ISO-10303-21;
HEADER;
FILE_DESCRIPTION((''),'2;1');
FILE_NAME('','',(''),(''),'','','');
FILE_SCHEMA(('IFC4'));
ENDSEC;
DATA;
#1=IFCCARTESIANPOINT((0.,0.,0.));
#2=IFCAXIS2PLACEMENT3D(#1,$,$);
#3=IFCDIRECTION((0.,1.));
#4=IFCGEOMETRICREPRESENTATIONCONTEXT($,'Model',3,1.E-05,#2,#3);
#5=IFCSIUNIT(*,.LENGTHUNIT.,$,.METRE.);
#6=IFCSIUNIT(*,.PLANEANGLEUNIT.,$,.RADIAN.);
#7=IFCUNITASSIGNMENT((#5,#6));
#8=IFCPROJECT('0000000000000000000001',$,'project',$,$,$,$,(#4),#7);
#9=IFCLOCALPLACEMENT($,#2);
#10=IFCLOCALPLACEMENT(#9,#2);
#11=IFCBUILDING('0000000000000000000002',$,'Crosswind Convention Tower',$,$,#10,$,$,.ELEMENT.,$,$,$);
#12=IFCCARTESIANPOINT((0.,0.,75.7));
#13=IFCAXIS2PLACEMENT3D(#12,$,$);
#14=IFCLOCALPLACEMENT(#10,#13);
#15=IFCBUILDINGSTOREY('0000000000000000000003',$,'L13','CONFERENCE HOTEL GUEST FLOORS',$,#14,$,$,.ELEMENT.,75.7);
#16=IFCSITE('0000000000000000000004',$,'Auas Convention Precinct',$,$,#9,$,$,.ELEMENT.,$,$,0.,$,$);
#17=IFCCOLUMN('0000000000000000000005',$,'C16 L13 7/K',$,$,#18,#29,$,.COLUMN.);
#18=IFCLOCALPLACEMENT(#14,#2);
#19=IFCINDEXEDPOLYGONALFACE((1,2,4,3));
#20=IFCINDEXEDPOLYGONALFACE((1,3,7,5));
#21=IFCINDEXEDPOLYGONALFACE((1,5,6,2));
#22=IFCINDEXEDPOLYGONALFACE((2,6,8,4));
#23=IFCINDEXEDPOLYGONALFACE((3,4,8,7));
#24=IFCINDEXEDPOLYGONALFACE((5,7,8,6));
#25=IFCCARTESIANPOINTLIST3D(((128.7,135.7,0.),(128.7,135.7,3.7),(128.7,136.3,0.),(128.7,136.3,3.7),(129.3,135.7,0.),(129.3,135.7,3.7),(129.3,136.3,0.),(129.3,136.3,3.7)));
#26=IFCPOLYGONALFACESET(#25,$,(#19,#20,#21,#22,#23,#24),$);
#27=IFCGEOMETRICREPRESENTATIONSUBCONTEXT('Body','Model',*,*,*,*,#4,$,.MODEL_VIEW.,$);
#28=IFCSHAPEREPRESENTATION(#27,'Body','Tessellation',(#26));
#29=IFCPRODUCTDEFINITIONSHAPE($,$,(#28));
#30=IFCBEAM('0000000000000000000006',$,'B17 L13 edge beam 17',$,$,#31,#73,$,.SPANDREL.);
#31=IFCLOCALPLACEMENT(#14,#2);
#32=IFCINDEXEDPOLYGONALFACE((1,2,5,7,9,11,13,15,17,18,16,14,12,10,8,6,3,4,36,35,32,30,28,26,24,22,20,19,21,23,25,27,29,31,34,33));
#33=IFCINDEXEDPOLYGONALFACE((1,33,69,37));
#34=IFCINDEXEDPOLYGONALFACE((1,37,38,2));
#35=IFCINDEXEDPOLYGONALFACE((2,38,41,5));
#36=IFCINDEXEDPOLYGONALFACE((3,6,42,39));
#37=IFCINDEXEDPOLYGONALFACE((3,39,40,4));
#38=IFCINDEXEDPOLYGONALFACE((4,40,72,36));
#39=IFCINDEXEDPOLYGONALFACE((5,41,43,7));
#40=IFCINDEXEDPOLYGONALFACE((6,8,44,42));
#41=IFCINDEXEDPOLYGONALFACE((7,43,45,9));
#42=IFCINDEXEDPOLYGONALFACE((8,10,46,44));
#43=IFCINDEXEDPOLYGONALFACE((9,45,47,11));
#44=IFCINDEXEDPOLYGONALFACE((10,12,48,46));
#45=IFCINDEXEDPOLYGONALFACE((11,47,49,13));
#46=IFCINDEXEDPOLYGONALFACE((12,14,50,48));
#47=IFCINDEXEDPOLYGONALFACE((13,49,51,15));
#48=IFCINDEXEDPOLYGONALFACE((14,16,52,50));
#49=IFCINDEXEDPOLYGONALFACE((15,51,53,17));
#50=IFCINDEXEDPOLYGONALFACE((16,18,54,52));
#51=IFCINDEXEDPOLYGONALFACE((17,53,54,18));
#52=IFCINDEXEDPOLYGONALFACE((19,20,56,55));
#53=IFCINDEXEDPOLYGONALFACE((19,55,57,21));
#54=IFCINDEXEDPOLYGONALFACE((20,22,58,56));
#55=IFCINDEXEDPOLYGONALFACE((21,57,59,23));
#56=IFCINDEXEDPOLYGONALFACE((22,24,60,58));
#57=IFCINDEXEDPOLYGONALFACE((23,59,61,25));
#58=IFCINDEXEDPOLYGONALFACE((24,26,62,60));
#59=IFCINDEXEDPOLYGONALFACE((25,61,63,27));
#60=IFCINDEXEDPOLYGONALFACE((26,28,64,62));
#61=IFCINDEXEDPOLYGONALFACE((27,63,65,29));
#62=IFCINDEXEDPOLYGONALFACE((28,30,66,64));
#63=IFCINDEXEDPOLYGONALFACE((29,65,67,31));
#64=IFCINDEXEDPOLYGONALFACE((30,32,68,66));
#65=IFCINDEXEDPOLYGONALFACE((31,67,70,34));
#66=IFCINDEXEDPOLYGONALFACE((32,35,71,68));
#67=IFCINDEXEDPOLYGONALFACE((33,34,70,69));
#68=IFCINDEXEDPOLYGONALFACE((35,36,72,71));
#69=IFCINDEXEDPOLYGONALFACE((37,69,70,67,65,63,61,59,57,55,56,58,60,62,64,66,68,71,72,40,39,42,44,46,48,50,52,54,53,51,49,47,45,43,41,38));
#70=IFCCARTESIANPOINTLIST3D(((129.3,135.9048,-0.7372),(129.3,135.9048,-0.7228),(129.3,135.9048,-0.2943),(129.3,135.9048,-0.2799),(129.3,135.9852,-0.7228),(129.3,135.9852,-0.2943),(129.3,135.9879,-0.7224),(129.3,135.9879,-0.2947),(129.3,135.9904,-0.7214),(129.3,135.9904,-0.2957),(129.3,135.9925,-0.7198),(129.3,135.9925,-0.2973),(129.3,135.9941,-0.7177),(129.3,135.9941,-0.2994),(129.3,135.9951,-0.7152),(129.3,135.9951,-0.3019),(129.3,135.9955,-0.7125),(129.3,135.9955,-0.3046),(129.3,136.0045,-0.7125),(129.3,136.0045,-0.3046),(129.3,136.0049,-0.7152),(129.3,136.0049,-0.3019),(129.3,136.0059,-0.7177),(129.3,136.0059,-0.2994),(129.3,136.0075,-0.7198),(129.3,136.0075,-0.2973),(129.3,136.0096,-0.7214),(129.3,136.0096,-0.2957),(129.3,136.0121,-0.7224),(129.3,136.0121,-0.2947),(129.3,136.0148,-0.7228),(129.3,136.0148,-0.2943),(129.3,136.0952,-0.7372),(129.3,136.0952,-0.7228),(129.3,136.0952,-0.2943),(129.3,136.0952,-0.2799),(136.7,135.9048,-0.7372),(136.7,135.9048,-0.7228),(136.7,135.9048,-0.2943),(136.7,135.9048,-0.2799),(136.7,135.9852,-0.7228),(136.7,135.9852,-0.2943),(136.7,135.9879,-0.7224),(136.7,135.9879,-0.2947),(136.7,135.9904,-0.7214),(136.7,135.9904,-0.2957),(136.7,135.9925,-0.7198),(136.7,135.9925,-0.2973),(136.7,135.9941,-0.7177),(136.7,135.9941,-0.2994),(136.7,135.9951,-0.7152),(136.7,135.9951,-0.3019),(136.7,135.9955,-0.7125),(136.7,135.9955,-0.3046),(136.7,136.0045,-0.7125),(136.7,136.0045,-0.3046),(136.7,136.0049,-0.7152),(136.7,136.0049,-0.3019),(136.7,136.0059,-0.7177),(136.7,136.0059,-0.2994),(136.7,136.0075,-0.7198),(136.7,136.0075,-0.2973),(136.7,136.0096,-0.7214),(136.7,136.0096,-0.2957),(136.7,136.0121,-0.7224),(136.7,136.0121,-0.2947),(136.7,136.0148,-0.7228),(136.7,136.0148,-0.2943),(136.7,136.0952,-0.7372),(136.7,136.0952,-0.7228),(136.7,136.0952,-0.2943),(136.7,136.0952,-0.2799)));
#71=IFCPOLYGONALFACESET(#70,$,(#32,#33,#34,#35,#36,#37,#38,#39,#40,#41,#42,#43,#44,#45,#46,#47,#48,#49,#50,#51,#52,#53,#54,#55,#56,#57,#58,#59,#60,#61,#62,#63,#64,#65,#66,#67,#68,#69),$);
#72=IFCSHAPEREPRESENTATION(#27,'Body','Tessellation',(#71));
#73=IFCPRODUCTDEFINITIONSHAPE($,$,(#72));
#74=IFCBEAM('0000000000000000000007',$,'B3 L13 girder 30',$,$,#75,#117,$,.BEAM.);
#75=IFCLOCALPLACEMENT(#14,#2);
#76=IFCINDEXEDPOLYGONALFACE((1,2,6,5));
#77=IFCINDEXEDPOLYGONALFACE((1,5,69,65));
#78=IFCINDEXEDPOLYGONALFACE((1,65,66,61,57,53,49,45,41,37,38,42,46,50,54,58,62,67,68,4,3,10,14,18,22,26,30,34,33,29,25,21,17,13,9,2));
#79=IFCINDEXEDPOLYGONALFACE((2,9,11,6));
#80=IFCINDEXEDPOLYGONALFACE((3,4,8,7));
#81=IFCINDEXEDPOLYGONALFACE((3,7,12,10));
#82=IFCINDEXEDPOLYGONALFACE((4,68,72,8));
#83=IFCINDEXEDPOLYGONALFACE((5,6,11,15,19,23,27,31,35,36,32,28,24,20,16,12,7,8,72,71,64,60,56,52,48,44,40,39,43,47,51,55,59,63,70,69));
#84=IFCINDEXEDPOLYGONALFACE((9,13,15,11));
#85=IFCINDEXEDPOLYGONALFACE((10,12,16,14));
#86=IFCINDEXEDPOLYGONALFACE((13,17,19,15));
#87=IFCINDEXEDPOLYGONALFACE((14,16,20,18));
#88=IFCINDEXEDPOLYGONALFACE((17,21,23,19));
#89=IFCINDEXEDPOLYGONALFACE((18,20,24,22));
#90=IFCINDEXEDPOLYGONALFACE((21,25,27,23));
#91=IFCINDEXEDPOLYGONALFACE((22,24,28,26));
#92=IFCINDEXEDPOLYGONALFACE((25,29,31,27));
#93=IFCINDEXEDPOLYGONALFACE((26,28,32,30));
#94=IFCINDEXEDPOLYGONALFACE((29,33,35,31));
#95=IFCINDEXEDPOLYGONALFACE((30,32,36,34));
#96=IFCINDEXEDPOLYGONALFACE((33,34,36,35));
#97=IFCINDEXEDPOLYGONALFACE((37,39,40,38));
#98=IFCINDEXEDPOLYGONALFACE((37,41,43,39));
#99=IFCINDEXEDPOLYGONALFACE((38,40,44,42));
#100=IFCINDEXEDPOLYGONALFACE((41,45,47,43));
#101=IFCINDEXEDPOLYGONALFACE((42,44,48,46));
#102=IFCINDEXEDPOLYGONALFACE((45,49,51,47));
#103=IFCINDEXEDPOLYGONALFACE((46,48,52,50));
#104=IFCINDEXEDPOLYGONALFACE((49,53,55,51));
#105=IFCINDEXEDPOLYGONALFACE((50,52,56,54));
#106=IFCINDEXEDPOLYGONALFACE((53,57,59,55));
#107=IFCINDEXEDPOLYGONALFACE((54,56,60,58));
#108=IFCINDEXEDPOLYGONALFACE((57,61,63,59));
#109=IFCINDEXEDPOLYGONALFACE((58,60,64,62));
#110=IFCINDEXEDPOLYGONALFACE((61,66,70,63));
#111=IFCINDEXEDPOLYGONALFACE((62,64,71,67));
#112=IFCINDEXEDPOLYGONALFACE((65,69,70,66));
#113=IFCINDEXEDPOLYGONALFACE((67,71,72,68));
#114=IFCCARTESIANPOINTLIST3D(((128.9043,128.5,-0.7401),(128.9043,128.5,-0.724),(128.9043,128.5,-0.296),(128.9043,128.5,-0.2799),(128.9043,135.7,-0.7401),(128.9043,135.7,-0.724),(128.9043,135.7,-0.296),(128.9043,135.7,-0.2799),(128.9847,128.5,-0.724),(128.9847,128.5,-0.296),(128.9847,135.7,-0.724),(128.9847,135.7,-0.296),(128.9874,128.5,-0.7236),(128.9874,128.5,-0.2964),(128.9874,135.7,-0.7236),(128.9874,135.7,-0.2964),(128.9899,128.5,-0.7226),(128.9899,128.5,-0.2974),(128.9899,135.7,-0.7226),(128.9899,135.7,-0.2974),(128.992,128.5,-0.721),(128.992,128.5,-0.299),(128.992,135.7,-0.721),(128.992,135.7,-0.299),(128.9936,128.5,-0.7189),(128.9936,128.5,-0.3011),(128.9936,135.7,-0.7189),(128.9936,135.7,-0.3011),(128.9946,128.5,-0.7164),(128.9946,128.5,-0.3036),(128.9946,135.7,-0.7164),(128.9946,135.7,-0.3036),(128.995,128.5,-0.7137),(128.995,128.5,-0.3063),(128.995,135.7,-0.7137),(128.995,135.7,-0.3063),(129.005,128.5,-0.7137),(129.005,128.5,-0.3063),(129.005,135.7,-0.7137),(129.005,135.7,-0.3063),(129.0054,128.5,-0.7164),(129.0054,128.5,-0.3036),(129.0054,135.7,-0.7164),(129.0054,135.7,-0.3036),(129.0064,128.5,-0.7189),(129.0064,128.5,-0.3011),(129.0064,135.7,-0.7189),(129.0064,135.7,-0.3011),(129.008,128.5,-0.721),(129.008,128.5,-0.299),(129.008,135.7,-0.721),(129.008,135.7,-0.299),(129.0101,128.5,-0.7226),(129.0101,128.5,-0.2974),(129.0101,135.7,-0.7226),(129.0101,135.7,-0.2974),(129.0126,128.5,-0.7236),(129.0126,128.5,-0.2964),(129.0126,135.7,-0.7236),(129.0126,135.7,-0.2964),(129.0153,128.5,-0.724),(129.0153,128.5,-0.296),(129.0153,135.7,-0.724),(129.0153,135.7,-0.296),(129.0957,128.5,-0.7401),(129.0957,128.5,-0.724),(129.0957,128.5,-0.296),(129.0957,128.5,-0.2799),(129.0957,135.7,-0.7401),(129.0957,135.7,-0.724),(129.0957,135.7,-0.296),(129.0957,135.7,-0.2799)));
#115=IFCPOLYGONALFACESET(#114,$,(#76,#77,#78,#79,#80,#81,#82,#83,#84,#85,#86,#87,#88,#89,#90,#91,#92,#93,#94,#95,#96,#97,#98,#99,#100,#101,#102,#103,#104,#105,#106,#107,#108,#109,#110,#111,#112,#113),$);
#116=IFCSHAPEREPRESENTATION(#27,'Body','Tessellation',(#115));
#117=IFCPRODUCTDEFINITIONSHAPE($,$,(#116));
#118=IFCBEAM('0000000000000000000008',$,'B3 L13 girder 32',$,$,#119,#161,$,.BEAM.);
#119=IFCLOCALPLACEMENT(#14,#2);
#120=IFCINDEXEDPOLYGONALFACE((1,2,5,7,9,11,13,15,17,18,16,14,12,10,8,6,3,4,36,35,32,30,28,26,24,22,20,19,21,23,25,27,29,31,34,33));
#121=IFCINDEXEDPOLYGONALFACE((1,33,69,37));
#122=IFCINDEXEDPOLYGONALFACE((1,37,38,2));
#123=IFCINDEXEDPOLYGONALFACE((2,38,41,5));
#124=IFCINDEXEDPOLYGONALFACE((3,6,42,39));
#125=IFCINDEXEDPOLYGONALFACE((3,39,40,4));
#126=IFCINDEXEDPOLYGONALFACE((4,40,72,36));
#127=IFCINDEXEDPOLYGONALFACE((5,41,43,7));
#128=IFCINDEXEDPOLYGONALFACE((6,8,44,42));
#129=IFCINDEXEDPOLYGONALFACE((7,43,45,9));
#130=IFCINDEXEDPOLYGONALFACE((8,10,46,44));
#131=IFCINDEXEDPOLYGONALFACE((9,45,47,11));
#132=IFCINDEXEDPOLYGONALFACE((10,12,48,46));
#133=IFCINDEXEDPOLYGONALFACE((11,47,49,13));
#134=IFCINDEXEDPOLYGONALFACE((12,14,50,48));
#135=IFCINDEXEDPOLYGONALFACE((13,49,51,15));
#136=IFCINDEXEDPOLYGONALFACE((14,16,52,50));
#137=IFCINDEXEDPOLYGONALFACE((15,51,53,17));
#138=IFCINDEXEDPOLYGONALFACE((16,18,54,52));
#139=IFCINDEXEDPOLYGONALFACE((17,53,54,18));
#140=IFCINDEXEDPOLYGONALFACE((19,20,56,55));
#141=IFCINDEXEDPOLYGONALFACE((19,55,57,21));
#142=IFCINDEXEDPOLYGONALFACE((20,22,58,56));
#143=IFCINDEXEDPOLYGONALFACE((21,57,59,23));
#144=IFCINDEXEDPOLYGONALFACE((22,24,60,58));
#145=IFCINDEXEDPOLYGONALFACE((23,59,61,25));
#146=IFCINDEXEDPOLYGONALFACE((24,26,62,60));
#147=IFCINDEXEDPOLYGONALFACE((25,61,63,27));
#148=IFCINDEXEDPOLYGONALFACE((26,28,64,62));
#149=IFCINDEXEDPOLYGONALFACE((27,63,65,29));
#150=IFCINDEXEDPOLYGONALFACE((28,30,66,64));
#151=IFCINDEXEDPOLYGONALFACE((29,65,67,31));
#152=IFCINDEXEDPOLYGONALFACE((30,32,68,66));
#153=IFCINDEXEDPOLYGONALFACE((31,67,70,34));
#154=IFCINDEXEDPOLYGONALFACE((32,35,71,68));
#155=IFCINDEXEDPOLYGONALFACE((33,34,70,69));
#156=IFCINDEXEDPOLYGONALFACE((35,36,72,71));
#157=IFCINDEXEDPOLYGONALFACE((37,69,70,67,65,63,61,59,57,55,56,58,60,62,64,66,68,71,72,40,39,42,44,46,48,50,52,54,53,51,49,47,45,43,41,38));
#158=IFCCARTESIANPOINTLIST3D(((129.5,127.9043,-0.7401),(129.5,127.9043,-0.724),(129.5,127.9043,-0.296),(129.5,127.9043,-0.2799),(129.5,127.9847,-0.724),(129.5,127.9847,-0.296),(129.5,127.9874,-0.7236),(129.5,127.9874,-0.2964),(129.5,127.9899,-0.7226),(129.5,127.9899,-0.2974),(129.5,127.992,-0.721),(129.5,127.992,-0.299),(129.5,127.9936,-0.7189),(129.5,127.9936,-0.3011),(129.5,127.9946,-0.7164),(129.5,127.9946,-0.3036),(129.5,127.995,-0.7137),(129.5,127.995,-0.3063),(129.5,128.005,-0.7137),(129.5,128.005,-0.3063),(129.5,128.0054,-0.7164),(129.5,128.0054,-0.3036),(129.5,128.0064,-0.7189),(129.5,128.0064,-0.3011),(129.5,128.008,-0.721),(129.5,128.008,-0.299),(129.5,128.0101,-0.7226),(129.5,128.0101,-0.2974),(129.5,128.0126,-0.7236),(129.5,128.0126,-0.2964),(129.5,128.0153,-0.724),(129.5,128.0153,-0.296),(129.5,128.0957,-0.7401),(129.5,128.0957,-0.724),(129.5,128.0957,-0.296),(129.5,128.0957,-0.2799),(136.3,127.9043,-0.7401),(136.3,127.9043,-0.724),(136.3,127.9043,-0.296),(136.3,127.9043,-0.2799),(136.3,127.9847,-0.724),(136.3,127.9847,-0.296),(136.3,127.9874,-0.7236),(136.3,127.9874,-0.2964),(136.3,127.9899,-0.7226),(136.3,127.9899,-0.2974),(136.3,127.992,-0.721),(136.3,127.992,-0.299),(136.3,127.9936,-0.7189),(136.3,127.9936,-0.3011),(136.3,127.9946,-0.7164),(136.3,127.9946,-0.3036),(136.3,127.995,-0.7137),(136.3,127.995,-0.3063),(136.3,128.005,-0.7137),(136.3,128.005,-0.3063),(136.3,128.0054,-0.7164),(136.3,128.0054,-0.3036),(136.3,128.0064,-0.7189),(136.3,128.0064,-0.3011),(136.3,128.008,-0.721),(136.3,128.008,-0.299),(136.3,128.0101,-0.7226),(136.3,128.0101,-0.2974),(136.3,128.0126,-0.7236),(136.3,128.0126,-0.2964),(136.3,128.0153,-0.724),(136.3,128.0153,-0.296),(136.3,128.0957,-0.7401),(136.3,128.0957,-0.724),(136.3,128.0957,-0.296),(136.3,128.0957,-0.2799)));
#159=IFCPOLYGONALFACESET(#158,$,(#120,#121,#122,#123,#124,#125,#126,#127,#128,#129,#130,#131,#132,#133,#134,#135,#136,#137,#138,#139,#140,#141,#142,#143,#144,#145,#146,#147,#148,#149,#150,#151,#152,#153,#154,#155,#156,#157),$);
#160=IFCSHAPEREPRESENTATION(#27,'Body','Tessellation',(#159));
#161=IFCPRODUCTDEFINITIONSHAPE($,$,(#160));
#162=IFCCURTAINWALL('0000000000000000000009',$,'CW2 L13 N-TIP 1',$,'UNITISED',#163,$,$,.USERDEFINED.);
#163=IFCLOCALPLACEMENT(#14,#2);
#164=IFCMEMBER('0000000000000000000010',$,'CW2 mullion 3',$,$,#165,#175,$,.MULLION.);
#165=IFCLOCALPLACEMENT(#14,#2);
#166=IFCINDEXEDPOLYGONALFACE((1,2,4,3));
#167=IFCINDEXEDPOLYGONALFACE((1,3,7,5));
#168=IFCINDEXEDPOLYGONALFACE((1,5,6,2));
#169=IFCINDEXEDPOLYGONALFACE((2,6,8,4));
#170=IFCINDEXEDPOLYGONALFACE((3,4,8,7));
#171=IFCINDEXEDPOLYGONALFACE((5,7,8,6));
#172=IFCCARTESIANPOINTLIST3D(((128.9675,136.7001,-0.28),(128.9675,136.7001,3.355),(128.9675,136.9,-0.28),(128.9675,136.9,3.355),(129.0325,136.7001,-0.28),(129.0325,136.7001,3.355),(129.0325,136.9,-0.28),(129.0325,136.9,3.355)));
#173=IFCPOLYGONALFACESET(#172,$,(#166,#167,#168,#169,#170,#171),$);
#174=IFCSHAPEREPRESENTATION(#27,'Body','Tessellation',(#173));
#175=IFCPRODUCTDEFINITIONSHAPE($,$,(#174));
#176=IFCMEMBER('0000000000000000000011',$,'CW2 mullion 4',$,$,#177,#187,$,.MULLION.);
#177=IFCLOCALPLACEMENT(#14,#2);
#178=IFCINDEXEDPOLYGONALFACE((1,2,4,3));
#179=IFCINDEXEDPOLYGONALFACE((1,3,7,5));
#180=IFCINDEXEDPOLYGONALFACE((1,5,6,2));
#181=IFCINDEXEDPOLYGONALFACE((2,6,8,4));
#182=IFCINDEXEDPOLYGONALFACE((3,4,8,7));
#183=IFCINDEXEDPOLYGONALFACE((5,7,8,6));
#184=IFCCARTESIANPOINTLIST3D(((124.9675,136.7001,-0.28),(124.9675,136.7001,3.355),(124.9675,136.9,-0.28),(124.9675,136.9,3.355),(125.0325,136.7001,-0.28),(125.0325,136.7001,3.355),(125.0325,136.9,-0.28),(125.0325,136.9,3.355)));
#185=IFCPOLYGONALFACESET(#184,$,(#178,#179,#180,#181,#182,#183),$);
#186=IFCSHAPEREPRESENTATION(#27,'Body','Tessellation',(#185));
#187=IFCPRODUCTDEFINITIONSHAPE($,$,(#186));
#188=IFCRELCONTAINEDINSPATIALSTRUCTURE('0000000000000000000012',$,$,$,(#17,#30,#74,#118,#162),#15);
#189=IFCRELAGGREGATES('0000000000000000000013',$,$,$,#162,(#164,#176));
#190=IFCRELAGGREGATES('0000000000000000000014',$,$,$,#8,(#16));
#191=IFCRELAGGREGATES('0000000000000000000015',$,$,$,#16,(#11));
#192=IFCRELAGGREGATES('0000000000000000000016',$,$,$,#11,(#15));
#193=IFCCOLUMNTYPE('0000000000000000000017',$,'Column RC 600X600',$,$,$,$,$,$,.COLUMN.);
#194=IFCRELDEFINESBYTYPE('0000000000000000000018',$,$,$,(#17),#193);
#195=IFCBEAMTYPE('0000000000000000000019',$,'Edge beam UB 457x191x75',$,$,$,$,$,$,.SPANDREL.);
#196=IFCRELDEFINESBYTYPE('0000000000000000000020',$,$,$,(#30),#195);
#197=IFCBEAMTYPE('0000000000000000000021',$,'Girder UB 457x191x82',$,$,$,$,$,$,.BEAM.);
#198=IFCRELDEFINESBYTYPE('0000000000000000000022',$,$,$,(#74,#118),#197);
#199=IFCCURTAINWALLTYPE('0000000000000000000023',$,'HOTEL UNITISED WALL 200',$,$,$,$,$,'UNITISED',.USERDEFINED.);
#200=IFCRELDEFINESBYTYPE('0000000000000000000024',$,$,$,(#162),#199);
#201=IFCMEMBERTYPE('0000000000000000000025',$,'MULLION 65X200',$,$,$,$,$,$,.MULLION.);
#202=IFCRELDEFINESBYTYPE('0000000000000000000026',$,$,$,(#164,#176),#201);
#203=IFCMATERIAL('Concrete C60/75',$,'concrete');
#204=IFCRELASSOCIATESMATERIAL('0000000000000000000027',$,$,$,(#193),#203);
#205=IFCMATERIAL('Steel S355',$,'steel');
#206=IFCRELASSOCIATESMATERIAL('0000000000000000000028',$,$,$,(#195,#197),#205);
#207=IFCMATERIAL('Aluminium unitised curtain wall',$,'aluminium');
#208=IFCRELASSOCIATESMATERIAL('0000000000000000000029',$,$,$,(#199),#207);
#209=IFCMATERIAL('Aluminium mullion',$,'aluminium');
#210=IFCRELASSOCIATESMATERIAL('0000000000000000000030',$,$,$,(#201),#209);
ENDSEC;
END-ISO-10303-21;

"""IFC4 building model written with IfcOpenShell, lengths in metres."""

from ifc_helpers import new_model, si_unit, direction, frame, origin, origin_2d, place, context, subcontext, project, spatial, rectangle, i_section, extrude, material, material_profile, profile_set, type_object, element, aggregate, save


model = new_model("IFC4")

# Units and contexts
model_context = context("Model", 3, precision=1e-05, world=origin(), true_north=direction((0.0, 1.0)))
body_context = subcontext(model_context, "Body", "Model", "MODEL_VIEW")
ifc_project = project(units=[si_unit("LENGTHUNIT", "METRE"), si_unit("PLANEANGLEUNIT", "RADIAN")], contexts=[model_context])

# Site, building, storey
site_placement = place(None, origin())
site = spatial("IfcSite", under=ifc_project, at=site_placement, Name="Auas Convention Precinct", CompositionType="ELEMENT", RefElevation=0.0)
building_placement = place(site_placement, origin())
building = spatial("IfcBuilding", under=site, at=building_placement, Name="Crosswind Convention Tower", CompositionType="ELEMENT")
storey_placement = place(building_placement, frame((0.0, 0.0, 75.7)))
storey = spatial("IfcBuildingStorey", under=building, at=storey_placement, Name="L13", Description="CONFERENCE HOTEL GUEST FLOORS", CompositionType="ELEMENT", Elevation=75.7)

# Column
ifc_material_1 = material(Name="Concrete C60/75", Category="concrete")
ifc_material_profile_1 = material_profile(ifc_material_1, rectangle(XDim=0.6001, YDim=0.6001, at=origin_2d()), Name="RC 600X600")
ifc_profile_set_1 = profile_set([ifc_material_profile_1], Name="Concrete C60/75")
column_type = type_object("IfcColumnType", Name="Column RC 600X600", PredefinedType="COLUMN", material=ifc_profile_set_1)
column_placement = place(storey_placement, frame((129.0, 136.0, 0.0), z_axis=(0.0, 0.0, 1.0), x_axis=(1.0, 0.0, 0.0)))
element("IfcColumn", 1, at=column_placement, inside=storey, type_object=column_type, Name="C16 L13 7/K", PredefinedType="COLUMN", context=body_context, shape_type="SweptSolid", body=[
    extrude(rectangle(XDim=0.6001, YDim=0.6001, at=origin_2d()), origin(), (0.0, 0.0, 1.0), 3.7),
])

# Beams
ifc_material_2 = material(Name="Steel S355", Category="steel")
ifc_material_profile_2 = material_profile(ifc_material_2, i_section(OverallWidth=0.1904, OverallDepth=0.4573, WebThickness=0.009, FlangeThickness=0.0144, FilletRadius=0.0103, at=origin_2d()), Name="UB 457x191x75")
ifc_profile_set_2 = profile_set([ifc_material_profile_2], Name="Steel S355")
beam_type_1 = type_object("IfcBeamType", Name="Edge beam UB 457x191x75", PredefinedType="SPANDREL", material=ifc_profile_set_2)
beam_1_placement = place(storey_placement, frame((129.3, 136.0, -0.5085), z_axis=(1.0, 0.0, 0.0), x_axis=(0.0, 1.0, 0.0)))
element("IfcBeam", 2, at=beam_1_placement, inside=storey, type_object=beam_type_1, Name="B17 L13 edge beam 17", PredefinedType="SPANDREL", context=body_context, shape_type="SweptSolid", body=[
    extrude(i_section(OverallWidth=0.1904, OverallDepth=0.4573, WebThickness=0.009, FlangeThickness=0.0144, FilletRadius=0.0103, at=origin_2d()), origin(), (0.0, 0.0, 1.0), 7.3999),
])
ifc_material_profile_3 = material_profile(ifc_material_2, i_section(OverallWidth=0.1914, OverallDepth=0.4602, WebThickness=0.01, FlangeThickness=0.0161, FilletRadius=0.0103, at=origin_2d()), Name="UB 457x191x82")
ifc_profile_set_3 = profile_set([ifc_material_profile_3], Name="Steel S355")
beam_type_2 = type_object("IfcBeamType", Name="Girder UB 457x191x82", PredefinedType="BEAM", material=ifc_profile_set_3)
beam_2_placement = place(storey_placement, frame((129.0, 128.5, -0.51), z_axis=(0.0, 1.0, 0.0), x_axis=(-1.0, 0.0, 0.0)))
element("IfcBeam", 3, at=beam_2_placement, inside=storey, type_object=beam_type_2, Name="B3 L13 girder 30", PredefinedType="BEAM", context=body_context, shape_type="SweptSolid", body=[
    extrude(i_section(OverallWidth=0.1914, OverallDepth=0.4602, WebThickness=0.01, FlangeThickness=0.0161, FilletRadius=0.0103, at=origin_2d()), origin(), (0.0, 0.0, 1.0), 7.2),
])
beam_3_placement = place(storey_placement, frame((129.5, 128.0, -0.51), z_axis=(1.0, 0.0, 0.0), x_axis=(0.0, 1.0, 0.0)))
element("IfcBeam", 4, at=beam_3_placement, inside=storey, type_object=beam_type_2, Name="B3 L13 girder 32", PredefinedType="BEAM", context=body_context, shape_type="SweptSolid", body=[
    extrude(i_section(OverallWidth=0.1914, OverallDepth=0.4602, WebThickness=0.01, FlangeThickness=0.0161, FilletRadius=0.0103, at=origin_2d()), origin(), (0.0, 0.0, 1.0), 6.8),
])

# Curtain wall, members
ifc_material_3 = material(Name="Aluminium unitised curtain wall", Category="aluminium")
curtain_wall_type = type_object("IfcCurtainWallType", Name="HOTEL UNITISED WALL 200", ElementType="UNITISED", PredefinedType="USERDEFINED", material=ifc_material_3)
curtain_wall_placement = place(storey_placement, origin())
curtain_wall = element("IfcCurtainWall", 5, at=curtain_wall_placement, inside=storey, type_object=curtain_wall_type, Name="CW2 L13 N-TIP 1", ObjectType="UNITISED", PredefinedType="USERDEFINED")
ifc_material_4 = material(Name="Aluminium mullion", Category="aluminium")
ifc_material_profile_4 = material_profile(ifc_material_4, rectangle(XDim=0.2, YDim=0.0649, at=origin_2d()), Name="AL 200X65")
ifc_profile_set_4 = profile_set([ifc_material_profile_4], Name="Aluminium mullion")
member_type = type_object("IfcMemberType", Name="MULLION 65X200", PredefinedType="MULLION", material=ifc_profile_set_4)
member_1_placement = place(storey_placement, frame((129.0, 136.8, -0.28), z_axis=(0.0, 0.0, 1.0), x_axis=(0.0, 1.0, 0.0)))
member_1 = element("IfcMember", 6, at=member_1_placement, type_object=member_type, Name="CW2 mullion 3", PredefinedType="MULLION", context=body_context, shape_type="SweptSolid", body=[
    extrude(rectangle(XDim=0.2, YDim=0.0649, at=origin_2d()), origin(), (0.0, 0.0, 1.0), 3.635),
])
member_2_placement = place(storey_placement, frame((125.0, 136.8, -0.28), z_axis=(0.0, 0.0, 1.0), x_axis=(0.0, 1.0, 0.0)))
member_2 = element("IfcMember", 7, at=member_2_placement, type_object=member_type, Name="CW2 mullion 4", PredefinedType="MULLION", context=body_context, shape_type="SweptSolid", body=[
    extrude(rectangle(XDim=0.2, YDim=0.0649, at=origin_2d()), origin(), (0.0, 0.0, 1.0), 3.635),
])

aggregate(curtain_wall, [member_1, member_2])

save(model, "model.ifc")
